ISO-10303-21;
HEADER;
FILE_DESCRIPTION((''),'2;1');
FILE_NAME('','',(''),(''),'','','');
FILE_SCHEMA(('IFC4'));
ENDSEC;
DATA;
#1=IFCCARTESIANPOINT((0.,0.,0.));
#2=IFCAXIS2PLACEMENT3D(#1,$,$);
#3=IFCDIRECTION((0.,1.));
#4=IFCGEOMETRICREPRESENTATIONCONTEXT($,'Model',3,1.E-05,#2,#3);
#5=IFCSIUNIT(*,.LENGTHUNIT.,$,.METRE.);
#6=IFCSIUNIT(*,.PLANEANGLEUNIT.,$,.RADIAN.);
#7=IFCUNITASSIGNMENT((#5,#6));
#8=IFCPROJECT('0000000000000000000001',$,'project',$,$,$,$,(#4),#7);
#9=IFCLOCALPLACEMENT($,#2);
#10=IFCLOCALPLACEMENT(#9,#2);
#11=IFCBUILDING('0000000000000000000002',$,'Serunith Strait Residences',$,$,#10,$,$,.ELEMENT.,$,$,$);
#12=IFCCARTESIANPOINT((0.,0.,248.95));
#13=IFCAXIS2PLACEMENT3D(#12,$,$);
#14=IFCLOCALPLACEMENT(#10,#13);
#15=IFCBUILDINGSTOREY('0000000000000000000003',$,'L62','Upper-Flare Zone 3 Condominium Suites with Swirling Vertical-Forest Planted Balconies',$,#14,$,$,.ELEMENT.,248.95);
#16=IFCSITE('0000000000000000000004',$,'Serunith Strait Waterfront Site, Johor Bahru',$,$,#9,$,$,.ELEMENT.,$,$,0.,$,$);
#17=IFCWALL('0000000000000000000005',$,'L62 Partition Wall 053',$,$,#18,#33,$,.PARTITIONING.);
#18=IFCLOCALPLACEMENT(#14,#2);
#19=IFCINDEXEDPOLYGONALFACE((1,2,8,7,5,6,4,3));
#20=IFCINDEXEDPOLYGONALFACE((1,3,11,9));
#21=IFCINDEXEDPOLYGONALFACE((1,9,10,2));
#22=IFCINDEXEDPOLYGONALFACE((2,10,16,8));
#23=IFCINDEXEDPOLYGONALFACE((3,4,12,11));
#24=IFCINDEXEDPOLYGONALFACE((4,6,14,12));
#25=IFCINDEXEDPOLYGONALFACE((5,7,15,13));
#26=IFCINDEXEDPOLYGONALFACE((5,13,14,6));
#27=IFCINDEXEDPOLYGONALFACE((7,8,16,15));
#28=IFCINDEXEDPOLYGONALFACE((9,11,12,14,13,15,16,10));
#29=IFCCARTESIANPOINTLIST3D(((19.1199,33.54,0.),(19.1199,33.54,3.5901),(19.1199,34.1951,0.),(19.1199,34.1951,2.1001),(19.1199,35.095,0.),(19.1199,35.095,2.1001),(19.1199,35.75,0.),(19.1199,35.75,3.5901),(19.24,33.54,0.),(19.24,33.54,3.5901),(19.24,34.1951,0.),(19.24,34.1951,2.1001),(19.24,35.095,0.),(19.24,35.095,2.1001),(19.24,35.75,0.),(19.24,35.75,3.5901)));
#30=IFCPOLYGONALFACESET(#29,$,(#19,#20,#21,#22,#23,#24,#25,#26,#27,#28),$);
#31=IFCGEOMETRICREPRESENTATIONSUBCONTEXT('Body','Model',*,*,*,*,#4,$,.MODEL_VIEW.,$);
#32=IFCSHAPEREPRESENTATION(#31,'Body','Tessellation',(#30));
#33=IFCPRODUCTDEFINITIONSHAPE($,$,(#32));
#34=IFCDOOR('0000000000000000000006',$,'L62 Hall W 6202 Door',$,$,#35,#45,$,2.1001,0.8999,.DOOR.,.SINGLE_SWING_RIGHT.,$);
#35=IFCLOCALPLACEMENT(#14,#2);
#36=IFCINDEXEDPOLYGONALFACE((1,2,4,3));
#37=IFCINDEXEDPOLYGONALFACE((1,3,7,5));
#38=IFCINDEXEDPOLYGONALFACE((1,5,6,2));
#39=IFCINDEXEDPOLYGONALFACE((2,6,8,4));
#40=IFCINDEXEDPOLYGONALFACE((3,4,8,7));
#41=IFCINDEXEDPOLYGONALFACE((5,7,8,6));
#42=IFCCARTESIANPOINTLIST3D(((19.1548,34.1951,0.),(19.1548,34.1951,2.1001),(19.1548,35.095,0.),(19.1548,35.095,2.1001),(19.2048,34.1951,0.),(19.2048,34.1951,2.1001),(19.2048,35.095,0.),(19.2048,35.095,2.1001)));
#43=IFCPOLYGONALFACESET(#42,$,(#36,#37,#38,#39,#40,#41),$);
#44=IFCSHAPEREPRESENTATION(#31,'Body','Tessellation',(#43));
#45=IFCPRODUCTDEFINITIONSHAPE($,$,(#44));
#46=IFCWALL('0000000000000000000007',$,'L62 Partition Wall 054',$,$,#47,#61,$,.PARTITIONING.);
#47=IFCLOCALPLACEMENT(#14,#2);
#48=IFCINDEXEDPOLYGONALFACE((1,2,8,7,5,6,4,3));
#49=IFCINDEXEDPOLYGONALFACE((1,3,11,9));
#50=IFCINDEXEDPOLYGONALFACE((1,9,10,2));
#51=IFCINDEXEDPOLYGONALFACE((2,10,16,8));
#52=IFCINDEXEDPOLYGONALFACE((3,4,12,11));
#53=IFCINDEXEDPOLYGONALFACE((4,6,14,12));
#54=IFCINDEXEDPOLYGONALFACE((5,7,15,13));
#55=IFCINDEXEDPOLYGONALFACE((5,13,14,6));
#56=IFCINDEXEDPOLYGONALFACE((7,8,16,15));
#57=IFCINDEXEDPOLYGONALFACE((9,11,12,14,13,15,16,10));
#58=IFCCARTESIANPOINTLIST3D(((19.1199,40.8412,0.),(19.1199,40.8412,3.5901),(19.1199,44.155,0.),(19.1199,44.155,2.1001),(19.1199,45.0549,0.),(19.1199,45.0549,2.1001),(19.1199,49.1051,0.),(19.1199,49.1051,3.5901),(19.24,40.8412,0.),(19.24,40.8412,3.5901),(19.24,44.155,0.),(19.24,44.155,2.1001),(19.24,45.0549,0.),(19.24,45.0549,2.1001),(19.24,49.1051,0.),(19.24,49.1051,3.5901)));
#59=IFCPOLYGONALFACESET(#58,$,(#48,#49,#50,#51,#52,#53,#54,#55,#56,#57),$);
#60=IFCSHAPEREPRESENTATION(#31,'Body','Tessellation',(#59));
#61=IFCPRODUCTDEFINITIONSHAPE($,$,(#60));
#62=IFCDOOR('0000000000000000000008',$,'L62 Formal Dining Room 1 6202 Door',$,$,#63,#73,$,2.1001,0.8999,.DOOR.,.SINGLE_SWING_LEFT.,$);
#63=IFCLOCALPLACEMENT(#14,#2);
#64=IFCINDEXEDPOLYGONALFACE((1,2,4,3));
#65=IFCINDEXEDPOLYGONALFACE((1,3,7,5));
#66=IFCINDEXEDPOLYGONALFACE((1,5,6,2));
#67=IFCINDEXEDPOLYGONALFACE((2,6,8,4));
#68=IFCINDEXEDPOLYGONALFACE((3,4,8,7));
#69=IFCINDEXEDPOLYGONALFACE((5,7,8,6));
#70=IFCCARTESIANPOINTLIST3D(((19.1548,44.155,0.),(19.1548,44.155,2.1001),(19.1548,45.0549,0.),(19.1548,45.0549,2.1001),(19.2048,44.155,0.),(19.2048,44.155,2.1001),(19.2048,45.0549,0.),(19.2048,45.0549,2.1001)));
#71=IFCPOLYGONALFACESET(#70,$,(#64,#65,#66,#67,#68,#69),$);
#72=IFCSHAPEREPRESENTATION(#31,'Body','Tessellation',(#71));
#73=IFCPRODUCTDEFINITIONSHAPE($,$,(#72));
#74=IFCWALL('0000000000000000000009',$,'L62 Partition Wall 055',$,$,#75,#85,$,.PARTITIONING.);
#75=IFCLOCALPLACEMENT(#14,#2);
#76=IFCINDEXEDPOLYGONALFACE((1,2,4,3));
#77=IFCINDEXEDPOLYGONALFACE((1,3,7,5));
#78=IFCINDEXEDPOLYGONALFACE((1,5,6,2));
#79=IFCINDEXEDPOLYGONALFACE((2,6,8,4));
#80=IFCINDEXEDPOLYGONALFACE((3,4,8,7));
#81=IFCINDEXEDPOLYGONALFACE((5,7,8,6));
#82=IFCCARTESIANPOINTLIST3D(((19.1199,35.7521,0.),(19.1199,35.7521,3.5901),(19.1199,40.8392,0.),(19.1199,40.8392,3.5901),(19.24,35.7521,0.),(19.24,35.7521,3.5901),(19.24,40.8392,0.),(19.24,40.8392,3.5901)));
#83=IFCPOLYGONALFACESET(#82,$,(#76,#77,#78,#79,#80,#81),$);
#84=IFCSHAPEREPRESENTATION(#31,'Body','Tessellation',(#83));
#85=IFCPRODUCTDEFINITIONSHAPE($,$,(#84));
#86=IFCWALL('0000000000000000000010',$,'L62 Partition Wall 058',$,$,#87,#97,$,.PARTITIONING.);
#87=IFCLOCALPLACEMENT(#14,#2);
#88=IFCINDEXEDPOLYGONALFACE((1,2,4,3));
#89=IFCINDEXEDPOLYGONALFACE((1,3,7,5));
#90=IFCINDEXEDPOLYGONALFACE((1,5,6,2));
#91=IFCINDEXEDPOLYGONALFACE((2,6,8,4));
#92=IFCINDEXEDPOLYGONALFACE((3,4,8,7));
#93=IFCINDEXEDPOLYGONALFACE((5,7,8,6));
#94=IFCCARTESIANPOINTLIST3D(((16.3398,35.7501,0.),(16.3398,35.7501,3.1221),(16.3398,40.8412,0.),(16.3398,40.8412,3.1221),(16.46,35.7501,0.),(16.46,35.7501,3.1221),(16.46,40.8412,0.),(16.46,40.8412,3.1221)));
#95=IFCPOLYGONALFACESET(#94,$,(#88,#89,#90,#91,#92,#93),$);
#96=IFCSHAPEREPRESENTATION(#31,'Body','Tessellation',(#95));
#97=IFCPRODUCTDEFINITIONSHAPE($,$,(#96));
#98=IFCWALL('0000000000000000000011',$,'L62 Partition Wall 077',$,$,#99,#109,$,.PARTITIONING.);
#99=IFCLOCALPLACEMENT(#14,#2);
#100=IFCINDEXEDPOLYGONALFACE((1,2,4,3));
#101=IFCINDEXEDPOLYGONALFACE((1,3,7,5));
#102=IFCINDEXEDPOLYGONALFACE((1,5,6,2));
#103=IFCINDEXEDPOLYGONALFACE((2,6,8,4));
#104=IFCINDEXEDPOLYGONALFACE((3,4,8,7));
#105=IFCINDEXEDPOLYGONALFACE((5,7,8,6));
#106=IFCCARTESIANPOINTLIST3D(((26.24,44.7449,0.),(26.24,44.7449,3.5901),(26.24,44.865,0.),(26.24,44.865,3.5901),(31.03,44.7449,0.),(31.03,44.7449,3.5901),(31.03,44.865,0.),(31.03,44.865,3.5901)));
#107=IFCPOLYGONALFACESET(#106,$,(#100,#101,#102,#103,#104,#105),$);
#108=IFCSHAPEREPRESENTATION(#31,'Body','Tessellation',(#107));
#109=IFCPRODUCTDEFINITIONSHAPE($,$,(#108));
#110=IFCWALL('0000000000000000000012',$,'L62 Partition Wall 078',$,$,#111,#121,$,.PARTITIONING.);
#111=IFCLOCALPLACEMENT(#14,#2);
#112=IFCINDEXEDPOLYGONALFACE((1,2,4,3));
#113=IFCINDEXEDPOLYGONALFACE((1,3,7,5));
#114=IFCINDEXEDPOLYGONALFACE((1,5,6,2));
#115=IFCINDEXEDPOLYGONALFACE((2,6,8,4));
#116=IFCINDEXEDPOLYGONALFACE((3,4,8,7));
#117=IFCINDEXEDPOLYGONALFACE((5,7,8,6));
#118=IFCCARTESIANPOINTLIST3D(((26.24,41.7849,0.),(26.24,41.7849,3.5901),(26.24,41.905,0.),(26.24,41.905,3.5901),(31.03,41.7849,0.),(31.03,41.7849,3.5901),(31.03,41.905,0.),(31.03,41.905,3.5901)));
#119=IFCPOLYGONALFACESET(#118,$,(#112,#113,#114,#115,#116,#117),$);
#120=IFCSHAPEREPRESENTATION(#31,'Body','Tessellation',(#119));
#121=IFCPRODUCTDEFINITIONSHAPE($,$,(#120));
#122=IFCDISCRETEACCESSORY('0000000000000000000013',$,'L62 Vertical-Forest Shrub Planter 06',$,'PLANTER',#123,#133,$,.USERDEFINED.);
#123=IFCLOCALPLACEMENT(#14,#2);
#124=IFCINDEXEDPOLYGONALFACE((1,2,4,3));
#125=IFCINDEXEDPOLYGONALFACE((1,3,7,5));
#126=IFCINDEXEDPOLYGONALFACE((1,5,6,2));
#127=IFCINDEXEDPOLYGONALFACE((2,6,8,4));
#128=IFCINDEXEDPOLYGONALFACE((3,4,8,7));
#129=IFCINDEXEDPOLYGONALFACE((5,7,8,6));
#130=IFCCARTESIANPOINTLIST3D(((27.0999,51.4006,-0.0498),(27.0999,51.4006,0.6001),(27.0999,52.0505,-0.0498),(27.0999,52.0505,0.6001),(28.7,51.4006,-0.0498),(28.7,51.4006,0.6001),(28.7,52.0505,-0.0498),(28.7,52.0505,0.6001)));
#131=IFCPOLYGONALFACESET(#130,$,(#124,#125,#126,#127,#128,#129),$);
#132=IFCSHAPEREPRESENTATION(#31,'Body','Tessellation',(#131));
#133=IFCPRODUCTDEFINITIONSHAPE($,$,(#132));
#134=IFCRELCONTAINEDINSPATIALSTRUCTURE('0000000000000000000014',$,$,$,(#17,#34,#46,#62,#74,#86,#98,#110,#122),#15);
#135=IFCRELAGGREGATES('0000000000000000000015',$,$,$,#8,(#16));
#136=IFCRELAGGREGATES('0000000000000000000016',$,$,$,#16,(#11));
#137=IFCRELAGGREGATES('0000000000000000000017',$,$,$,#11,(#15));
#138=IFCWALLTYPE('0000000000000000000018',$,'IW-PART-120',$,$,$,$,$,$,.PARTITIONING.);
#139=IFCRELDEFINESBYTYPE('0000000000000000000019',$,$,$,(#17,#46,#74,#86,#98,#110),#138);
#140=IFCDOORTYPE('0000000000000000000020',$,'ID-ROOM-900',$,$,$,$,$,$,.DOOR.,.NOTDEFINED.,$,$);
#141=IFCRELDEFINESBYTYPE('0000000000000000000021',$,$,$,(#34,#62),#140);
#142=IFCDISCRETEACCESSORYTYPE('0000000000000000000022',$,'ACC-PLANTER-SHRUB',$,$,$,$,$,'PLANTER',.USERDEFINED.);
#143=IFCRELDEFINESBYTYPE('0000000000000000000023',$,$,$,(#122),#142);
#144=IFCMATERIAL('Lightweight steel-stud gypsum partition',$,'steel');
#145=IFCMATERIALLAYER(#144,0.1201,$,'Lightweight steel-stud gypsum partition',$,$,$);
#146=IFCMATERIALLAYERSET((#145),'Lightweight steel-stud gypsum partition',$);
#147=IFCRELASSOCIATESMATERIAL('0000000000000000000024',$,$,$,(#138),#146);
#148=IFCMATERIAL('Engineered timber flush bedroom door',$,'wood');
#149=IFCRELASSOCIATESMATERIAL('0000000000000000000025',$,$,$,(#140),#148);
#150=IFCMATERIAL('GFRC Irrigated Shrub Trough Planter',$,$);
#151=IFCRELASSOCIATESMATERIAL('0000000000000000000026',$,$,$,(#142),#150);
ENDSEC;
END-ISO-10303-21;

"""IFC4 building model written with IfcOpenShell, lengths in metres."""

from ifc_helpers import new_model, si_unit, direction, frame, frame_2d, origin, origin_2d, place, context, subcontext, project, spatial, rectangle, extrude, source, transform, mapped, material, layer, layer_set, type_object, element, fill, save


model = new_model("IFC4")

# Units and contexts
model_context = context("Model", 3, precision=1e-05, world=origin(), true_north=direction((0.0, 1.0)))
body_context = subcontext(model_context, "Body", "Model", "MODEL_VIEW")
ifc_project = project(units=[si_unit("LENGTHUNIT", "METRE"), si_unit("PLANEANGLEUNIT", "RADIAN")], contexts=[model_context])

# Site, building, storey
site_placement = place(None, origin())
site = spatial("IfcSite", under=ifc_project, at=site_placement, Name="Serunith Strait Waterfront Site, Johor Bahru", CompositionType="ELEMENT", RefElevation=0.0)
building_placement = place(site_placement, origin())
building = spatial("IfcBuilding", under=site, at=building_placement, Name="Serunith Strait Residences", CompositionType="ELEMENT")
storey_placement = place(building_placement, frame((0.0, 0.0, 248.95)))
storey = spatial("IfcBuildingStorey", under=building, at=storey_placement, Name="L62", Description="Upper-Flare Zone 3 Condominium Suites with Swirling Vertical-Forest Planted Balconies", CompositionType="ELEMENT", Elevation=248.95)

# Walls, openings, doors
ifc_material_1 = material(Name="Lightweight steel-stud gypsum partition", Category="steel")
ifc_layer_1 = layer(ifc_material_1, 0.1201, Name="Lightweight steel-stud gypsum partition")
ifc_layer_set_1 = layer_set([ifc_layer_1], Name="Lightweight steel-stud gypsum partition")
wall_type = type_object("IfcWallType", Name="IW-PART-120", PredefinedType="PARTITIONING", material=ifc_layer_set_1)
wall_1_placement = place(storey_placement, frame((19.1799, 35.75, 0.0), z_axis=(0.0, 0.0, 1.0), x_axis=(0.0, -1.0, 0.0)))
wall_1 = element("IfcWall", 1, at=wall_1_placement, inside=storey, type_object=wall_type, Name="L62 Partition Wall 053", PredefinedType="PARTITIONING", context=body_context, shape_type="SweptSolid", body=[
    extrude(rectangle(XDim=2.21, YDim=0.1201, at=frame_2d((1.105, 0.0))), origin(), (0.0, 0.0, 1.0), 3.5901),
])
opening_1_placement = place(wall_1_placement, frame((0.655, 0.0, 0.0)))
opening_1 = element("IfcOpeningElement", 2, at=opening_1_placement, cuts=wall_1, PredefinedType="OPENING", context=body_context, shape_type="SweptSolid", body=[
    extrude(rectangle(XDim=0.8999, YDim=2.1001, at=frame_2d((0.45, 1.05))), frame((0.0, 0.0701, 0.0), z_axis=(0.0, -1.0, 0.0), x_axis=(1.0, 0.0, 0.0)), (0.0, 0.0, 1.0), 0.1401),
])
ifc_material_2 = material(Name="Engineered timber flush bedroom door", Category="wood")
door_type = type_object("IfcDoorType", Name="ID-ROOM-900", OperationType="NOTDEFINED", PredefinedType="DOOR", material=ifc_material_2)
shared_shape_1 = source(origin(), body_context, "Body", "SweptSolid", [
    extrude(rectangle(XDim=0.8999, YDim=2.1001, at=frame_2d((0.45, 1.05))), frame((0.0, 0.0249, 0.0), z_axis=(0.0, -1.0, 0.0), x_axis=(1.0, 0.0, 0.0)), (0.0, 0.0, 1.0), 0.05),
])
door_1_placement = place(opening_1_placement, origin())
door_1 = element("IfcDoor", 3, at=door_1_placement, inside=storey, type_object=door_type, Name="L62 Hall W 6202 Door", OperationType="SINGLE_SWING_RIGHT", OverallHeight=2.1001, OverallWidth=0.8999, PredefinedType="DOOR", context=body_context, shape_type="MappedRepresentation", body=[
    mapped(shared_shape_1, transform((0.0, 0.0, 0.0), scale=1.0)),
])
fill(opening_1, door_1)
wall_2_placement = place(storey_placement, frame((19.1799, 49.105, 0.0), z_axis=(0.0, 0.0, 1.0), x_axis=(0.0, -1.0, 0.0)))
wall_2 = element("IfcWall", 4, at=wall_2_placement, inside=storey, type_object=wall_type, Name="L62 Partition Wall 054", PredefinedType="PARTITIONING", context=body_context, shape_type="SweptSolid", body=[
    extrude(rectangle(XDim=8.2639, YDim=0.1201, at=frame_2d((4.1318, 0.0))), origin(), (0.0, 0.0, 1.0), 3.5901),
])
opening_2_placement = place(wall_2_placement, frame((4.05, 0.0, 0.0)))
opening_2 = element("IfcOpeningElement", 5, at=opening_2_placement, cuts=wall_2, PredefinedType="OPENING", context=body_context, shape_type="SweptSolid", body=[
    extrude(rectangle(XDim=0.8999, YDim=2.1001, at=frame_2d((0.45, 1.05))), frame((0.0, 0.0701, 0.0), z_axis=(0.0, -1.0, 0.0), x_axis=(1.0, 0.0, 0.0)), (0.0, 0.0, 1.0), 0.1401),
])
door_2_placement = place(opening_2_placement, origin())
door_2 = element("IfcDoor", 6, at=door_2_placement, inside=storey, type_object=door_type, Name="L62 Formal Dining Room 1 6202 Door", OperationType="SINGLE_SWING_LEFT", OverallHeight=2.1001, OverallWidth=0.8999, PredefinedType="DOOR", context=body_context, shape_type="MappedRepresentation", body=[
    mapped(shared_shape_1, transform((0.0, 0.0, 0.0), scale=1.0)),
])
fill(opening_2, door_2)

# Walls
wall_3_placement = place(storey_placement, frame((19.1799, 40.8391, 0.0), z_axis=(0.0, 0.0, 1.0), x_axis=(0.0, -1.0, 0.0)))
element("IfcWall", 7, at=wall_3_placement, inside=storey, type_object=wall_type, Name="L62 Partition Wall 055", PredefinedType="PARTITIONING", context=body_context, shape_type="SweptSolid", body=[
    extrude(rectangle(XDim=5.0872, YDim=0.1201, at=frame_2d((2.5435, 0.0))), origin(), (0.0, 0.0, 1.0), 3.5901),
])
wall_4_placement = place(storey_placement, frame((16.3999, 40.8411, 0.0), z_axis=(0.0, 0.0, 1.0), x_axis=(0.0, -1.0, 0.0)))
element("IfcWall", 8, at=wall_4_placement, inside=storey, type_object=wall_type, Name="L62 Partition Wall 058", PredefinedType="PARTITIONING", context=body_context, shape_type="SweptSolid", body=[
    extrude(rectangle(XDim=5.0911, YDim=0.1201, at=frame_2d((2.5454, 0.0))), origin(), (0.0, 0.0, 1.0), 3.1221),
])
for number, where, z_axis, x_axis, name in (
    (9, (26.24, 44.8049, 0.0), (0.0, 0.0, 1.0), (1.0, 0.0, 0.0), "L62 Partition Wall 077"),
    (10, (26.24, 41.845, 0.0), (0.0, 0.0, 1.0), (1.0, 0.0, 0.0), "L62 Partition Wall 078"),
):
    element("IfcWall", number, at=place(storey_placement, frame(where, z_axis=z_axis, x_axis=x_axis)), inside=storey, type_object=wall_type, Name=name, PredefinedType="PARTITIONING", context=body_context, shape_type="SweptSolid", body=[
        extrude(rectangle(XDim=4.79, YDim=0.1201, at=frame_2d((2.395, 0.0))), origin(), (0.0, 0.0, 1.0), 3.5901),
    ])

# Discrete accessory
ifc_material_3 = material(Name="GFRC Irrigated Shrub Trough Planter")
discrete_accessory_type = type_object("IfcDiscreteAccessoryType", Name="ACC-PLANTER-SHRUB", ElementType="PLANTER", PredefinedType="USERDEFINED", material=ifc_material_3)
shared_shape_2 = source(origin(), body_context, "Body", "SweptSolid", [
    extrude(rectangle(XDim=1.6001, YDim=0.6499, at=origin_2d()), origin(), (0.0, 0.0, 1.0), 0.6499),
])
discrete_accessory_placement = place(storey_placement, frame((27.8999, 51.7256, -0.0498), z_axis=(0.0, 0.0, 1.0), x_axis=(-1.0, 0.0, 0.0)))
element("IfcDiscreteAccessory", 11, at=discrete_accessory_placement, inside=storey, type_object=discrete_accessory_type, Name="L62 Vertical-Forest Shrub Planter 06", ObjectType="PLANTER", PredefinedType="USERDEFINED", context=body_context, shape_type="MappedRepresentation", body=[
    mapped(shared_shape_2, transform((0.0, 0.0, 0.0), scale=1.0)),
])

save(model, "model.ifc")
